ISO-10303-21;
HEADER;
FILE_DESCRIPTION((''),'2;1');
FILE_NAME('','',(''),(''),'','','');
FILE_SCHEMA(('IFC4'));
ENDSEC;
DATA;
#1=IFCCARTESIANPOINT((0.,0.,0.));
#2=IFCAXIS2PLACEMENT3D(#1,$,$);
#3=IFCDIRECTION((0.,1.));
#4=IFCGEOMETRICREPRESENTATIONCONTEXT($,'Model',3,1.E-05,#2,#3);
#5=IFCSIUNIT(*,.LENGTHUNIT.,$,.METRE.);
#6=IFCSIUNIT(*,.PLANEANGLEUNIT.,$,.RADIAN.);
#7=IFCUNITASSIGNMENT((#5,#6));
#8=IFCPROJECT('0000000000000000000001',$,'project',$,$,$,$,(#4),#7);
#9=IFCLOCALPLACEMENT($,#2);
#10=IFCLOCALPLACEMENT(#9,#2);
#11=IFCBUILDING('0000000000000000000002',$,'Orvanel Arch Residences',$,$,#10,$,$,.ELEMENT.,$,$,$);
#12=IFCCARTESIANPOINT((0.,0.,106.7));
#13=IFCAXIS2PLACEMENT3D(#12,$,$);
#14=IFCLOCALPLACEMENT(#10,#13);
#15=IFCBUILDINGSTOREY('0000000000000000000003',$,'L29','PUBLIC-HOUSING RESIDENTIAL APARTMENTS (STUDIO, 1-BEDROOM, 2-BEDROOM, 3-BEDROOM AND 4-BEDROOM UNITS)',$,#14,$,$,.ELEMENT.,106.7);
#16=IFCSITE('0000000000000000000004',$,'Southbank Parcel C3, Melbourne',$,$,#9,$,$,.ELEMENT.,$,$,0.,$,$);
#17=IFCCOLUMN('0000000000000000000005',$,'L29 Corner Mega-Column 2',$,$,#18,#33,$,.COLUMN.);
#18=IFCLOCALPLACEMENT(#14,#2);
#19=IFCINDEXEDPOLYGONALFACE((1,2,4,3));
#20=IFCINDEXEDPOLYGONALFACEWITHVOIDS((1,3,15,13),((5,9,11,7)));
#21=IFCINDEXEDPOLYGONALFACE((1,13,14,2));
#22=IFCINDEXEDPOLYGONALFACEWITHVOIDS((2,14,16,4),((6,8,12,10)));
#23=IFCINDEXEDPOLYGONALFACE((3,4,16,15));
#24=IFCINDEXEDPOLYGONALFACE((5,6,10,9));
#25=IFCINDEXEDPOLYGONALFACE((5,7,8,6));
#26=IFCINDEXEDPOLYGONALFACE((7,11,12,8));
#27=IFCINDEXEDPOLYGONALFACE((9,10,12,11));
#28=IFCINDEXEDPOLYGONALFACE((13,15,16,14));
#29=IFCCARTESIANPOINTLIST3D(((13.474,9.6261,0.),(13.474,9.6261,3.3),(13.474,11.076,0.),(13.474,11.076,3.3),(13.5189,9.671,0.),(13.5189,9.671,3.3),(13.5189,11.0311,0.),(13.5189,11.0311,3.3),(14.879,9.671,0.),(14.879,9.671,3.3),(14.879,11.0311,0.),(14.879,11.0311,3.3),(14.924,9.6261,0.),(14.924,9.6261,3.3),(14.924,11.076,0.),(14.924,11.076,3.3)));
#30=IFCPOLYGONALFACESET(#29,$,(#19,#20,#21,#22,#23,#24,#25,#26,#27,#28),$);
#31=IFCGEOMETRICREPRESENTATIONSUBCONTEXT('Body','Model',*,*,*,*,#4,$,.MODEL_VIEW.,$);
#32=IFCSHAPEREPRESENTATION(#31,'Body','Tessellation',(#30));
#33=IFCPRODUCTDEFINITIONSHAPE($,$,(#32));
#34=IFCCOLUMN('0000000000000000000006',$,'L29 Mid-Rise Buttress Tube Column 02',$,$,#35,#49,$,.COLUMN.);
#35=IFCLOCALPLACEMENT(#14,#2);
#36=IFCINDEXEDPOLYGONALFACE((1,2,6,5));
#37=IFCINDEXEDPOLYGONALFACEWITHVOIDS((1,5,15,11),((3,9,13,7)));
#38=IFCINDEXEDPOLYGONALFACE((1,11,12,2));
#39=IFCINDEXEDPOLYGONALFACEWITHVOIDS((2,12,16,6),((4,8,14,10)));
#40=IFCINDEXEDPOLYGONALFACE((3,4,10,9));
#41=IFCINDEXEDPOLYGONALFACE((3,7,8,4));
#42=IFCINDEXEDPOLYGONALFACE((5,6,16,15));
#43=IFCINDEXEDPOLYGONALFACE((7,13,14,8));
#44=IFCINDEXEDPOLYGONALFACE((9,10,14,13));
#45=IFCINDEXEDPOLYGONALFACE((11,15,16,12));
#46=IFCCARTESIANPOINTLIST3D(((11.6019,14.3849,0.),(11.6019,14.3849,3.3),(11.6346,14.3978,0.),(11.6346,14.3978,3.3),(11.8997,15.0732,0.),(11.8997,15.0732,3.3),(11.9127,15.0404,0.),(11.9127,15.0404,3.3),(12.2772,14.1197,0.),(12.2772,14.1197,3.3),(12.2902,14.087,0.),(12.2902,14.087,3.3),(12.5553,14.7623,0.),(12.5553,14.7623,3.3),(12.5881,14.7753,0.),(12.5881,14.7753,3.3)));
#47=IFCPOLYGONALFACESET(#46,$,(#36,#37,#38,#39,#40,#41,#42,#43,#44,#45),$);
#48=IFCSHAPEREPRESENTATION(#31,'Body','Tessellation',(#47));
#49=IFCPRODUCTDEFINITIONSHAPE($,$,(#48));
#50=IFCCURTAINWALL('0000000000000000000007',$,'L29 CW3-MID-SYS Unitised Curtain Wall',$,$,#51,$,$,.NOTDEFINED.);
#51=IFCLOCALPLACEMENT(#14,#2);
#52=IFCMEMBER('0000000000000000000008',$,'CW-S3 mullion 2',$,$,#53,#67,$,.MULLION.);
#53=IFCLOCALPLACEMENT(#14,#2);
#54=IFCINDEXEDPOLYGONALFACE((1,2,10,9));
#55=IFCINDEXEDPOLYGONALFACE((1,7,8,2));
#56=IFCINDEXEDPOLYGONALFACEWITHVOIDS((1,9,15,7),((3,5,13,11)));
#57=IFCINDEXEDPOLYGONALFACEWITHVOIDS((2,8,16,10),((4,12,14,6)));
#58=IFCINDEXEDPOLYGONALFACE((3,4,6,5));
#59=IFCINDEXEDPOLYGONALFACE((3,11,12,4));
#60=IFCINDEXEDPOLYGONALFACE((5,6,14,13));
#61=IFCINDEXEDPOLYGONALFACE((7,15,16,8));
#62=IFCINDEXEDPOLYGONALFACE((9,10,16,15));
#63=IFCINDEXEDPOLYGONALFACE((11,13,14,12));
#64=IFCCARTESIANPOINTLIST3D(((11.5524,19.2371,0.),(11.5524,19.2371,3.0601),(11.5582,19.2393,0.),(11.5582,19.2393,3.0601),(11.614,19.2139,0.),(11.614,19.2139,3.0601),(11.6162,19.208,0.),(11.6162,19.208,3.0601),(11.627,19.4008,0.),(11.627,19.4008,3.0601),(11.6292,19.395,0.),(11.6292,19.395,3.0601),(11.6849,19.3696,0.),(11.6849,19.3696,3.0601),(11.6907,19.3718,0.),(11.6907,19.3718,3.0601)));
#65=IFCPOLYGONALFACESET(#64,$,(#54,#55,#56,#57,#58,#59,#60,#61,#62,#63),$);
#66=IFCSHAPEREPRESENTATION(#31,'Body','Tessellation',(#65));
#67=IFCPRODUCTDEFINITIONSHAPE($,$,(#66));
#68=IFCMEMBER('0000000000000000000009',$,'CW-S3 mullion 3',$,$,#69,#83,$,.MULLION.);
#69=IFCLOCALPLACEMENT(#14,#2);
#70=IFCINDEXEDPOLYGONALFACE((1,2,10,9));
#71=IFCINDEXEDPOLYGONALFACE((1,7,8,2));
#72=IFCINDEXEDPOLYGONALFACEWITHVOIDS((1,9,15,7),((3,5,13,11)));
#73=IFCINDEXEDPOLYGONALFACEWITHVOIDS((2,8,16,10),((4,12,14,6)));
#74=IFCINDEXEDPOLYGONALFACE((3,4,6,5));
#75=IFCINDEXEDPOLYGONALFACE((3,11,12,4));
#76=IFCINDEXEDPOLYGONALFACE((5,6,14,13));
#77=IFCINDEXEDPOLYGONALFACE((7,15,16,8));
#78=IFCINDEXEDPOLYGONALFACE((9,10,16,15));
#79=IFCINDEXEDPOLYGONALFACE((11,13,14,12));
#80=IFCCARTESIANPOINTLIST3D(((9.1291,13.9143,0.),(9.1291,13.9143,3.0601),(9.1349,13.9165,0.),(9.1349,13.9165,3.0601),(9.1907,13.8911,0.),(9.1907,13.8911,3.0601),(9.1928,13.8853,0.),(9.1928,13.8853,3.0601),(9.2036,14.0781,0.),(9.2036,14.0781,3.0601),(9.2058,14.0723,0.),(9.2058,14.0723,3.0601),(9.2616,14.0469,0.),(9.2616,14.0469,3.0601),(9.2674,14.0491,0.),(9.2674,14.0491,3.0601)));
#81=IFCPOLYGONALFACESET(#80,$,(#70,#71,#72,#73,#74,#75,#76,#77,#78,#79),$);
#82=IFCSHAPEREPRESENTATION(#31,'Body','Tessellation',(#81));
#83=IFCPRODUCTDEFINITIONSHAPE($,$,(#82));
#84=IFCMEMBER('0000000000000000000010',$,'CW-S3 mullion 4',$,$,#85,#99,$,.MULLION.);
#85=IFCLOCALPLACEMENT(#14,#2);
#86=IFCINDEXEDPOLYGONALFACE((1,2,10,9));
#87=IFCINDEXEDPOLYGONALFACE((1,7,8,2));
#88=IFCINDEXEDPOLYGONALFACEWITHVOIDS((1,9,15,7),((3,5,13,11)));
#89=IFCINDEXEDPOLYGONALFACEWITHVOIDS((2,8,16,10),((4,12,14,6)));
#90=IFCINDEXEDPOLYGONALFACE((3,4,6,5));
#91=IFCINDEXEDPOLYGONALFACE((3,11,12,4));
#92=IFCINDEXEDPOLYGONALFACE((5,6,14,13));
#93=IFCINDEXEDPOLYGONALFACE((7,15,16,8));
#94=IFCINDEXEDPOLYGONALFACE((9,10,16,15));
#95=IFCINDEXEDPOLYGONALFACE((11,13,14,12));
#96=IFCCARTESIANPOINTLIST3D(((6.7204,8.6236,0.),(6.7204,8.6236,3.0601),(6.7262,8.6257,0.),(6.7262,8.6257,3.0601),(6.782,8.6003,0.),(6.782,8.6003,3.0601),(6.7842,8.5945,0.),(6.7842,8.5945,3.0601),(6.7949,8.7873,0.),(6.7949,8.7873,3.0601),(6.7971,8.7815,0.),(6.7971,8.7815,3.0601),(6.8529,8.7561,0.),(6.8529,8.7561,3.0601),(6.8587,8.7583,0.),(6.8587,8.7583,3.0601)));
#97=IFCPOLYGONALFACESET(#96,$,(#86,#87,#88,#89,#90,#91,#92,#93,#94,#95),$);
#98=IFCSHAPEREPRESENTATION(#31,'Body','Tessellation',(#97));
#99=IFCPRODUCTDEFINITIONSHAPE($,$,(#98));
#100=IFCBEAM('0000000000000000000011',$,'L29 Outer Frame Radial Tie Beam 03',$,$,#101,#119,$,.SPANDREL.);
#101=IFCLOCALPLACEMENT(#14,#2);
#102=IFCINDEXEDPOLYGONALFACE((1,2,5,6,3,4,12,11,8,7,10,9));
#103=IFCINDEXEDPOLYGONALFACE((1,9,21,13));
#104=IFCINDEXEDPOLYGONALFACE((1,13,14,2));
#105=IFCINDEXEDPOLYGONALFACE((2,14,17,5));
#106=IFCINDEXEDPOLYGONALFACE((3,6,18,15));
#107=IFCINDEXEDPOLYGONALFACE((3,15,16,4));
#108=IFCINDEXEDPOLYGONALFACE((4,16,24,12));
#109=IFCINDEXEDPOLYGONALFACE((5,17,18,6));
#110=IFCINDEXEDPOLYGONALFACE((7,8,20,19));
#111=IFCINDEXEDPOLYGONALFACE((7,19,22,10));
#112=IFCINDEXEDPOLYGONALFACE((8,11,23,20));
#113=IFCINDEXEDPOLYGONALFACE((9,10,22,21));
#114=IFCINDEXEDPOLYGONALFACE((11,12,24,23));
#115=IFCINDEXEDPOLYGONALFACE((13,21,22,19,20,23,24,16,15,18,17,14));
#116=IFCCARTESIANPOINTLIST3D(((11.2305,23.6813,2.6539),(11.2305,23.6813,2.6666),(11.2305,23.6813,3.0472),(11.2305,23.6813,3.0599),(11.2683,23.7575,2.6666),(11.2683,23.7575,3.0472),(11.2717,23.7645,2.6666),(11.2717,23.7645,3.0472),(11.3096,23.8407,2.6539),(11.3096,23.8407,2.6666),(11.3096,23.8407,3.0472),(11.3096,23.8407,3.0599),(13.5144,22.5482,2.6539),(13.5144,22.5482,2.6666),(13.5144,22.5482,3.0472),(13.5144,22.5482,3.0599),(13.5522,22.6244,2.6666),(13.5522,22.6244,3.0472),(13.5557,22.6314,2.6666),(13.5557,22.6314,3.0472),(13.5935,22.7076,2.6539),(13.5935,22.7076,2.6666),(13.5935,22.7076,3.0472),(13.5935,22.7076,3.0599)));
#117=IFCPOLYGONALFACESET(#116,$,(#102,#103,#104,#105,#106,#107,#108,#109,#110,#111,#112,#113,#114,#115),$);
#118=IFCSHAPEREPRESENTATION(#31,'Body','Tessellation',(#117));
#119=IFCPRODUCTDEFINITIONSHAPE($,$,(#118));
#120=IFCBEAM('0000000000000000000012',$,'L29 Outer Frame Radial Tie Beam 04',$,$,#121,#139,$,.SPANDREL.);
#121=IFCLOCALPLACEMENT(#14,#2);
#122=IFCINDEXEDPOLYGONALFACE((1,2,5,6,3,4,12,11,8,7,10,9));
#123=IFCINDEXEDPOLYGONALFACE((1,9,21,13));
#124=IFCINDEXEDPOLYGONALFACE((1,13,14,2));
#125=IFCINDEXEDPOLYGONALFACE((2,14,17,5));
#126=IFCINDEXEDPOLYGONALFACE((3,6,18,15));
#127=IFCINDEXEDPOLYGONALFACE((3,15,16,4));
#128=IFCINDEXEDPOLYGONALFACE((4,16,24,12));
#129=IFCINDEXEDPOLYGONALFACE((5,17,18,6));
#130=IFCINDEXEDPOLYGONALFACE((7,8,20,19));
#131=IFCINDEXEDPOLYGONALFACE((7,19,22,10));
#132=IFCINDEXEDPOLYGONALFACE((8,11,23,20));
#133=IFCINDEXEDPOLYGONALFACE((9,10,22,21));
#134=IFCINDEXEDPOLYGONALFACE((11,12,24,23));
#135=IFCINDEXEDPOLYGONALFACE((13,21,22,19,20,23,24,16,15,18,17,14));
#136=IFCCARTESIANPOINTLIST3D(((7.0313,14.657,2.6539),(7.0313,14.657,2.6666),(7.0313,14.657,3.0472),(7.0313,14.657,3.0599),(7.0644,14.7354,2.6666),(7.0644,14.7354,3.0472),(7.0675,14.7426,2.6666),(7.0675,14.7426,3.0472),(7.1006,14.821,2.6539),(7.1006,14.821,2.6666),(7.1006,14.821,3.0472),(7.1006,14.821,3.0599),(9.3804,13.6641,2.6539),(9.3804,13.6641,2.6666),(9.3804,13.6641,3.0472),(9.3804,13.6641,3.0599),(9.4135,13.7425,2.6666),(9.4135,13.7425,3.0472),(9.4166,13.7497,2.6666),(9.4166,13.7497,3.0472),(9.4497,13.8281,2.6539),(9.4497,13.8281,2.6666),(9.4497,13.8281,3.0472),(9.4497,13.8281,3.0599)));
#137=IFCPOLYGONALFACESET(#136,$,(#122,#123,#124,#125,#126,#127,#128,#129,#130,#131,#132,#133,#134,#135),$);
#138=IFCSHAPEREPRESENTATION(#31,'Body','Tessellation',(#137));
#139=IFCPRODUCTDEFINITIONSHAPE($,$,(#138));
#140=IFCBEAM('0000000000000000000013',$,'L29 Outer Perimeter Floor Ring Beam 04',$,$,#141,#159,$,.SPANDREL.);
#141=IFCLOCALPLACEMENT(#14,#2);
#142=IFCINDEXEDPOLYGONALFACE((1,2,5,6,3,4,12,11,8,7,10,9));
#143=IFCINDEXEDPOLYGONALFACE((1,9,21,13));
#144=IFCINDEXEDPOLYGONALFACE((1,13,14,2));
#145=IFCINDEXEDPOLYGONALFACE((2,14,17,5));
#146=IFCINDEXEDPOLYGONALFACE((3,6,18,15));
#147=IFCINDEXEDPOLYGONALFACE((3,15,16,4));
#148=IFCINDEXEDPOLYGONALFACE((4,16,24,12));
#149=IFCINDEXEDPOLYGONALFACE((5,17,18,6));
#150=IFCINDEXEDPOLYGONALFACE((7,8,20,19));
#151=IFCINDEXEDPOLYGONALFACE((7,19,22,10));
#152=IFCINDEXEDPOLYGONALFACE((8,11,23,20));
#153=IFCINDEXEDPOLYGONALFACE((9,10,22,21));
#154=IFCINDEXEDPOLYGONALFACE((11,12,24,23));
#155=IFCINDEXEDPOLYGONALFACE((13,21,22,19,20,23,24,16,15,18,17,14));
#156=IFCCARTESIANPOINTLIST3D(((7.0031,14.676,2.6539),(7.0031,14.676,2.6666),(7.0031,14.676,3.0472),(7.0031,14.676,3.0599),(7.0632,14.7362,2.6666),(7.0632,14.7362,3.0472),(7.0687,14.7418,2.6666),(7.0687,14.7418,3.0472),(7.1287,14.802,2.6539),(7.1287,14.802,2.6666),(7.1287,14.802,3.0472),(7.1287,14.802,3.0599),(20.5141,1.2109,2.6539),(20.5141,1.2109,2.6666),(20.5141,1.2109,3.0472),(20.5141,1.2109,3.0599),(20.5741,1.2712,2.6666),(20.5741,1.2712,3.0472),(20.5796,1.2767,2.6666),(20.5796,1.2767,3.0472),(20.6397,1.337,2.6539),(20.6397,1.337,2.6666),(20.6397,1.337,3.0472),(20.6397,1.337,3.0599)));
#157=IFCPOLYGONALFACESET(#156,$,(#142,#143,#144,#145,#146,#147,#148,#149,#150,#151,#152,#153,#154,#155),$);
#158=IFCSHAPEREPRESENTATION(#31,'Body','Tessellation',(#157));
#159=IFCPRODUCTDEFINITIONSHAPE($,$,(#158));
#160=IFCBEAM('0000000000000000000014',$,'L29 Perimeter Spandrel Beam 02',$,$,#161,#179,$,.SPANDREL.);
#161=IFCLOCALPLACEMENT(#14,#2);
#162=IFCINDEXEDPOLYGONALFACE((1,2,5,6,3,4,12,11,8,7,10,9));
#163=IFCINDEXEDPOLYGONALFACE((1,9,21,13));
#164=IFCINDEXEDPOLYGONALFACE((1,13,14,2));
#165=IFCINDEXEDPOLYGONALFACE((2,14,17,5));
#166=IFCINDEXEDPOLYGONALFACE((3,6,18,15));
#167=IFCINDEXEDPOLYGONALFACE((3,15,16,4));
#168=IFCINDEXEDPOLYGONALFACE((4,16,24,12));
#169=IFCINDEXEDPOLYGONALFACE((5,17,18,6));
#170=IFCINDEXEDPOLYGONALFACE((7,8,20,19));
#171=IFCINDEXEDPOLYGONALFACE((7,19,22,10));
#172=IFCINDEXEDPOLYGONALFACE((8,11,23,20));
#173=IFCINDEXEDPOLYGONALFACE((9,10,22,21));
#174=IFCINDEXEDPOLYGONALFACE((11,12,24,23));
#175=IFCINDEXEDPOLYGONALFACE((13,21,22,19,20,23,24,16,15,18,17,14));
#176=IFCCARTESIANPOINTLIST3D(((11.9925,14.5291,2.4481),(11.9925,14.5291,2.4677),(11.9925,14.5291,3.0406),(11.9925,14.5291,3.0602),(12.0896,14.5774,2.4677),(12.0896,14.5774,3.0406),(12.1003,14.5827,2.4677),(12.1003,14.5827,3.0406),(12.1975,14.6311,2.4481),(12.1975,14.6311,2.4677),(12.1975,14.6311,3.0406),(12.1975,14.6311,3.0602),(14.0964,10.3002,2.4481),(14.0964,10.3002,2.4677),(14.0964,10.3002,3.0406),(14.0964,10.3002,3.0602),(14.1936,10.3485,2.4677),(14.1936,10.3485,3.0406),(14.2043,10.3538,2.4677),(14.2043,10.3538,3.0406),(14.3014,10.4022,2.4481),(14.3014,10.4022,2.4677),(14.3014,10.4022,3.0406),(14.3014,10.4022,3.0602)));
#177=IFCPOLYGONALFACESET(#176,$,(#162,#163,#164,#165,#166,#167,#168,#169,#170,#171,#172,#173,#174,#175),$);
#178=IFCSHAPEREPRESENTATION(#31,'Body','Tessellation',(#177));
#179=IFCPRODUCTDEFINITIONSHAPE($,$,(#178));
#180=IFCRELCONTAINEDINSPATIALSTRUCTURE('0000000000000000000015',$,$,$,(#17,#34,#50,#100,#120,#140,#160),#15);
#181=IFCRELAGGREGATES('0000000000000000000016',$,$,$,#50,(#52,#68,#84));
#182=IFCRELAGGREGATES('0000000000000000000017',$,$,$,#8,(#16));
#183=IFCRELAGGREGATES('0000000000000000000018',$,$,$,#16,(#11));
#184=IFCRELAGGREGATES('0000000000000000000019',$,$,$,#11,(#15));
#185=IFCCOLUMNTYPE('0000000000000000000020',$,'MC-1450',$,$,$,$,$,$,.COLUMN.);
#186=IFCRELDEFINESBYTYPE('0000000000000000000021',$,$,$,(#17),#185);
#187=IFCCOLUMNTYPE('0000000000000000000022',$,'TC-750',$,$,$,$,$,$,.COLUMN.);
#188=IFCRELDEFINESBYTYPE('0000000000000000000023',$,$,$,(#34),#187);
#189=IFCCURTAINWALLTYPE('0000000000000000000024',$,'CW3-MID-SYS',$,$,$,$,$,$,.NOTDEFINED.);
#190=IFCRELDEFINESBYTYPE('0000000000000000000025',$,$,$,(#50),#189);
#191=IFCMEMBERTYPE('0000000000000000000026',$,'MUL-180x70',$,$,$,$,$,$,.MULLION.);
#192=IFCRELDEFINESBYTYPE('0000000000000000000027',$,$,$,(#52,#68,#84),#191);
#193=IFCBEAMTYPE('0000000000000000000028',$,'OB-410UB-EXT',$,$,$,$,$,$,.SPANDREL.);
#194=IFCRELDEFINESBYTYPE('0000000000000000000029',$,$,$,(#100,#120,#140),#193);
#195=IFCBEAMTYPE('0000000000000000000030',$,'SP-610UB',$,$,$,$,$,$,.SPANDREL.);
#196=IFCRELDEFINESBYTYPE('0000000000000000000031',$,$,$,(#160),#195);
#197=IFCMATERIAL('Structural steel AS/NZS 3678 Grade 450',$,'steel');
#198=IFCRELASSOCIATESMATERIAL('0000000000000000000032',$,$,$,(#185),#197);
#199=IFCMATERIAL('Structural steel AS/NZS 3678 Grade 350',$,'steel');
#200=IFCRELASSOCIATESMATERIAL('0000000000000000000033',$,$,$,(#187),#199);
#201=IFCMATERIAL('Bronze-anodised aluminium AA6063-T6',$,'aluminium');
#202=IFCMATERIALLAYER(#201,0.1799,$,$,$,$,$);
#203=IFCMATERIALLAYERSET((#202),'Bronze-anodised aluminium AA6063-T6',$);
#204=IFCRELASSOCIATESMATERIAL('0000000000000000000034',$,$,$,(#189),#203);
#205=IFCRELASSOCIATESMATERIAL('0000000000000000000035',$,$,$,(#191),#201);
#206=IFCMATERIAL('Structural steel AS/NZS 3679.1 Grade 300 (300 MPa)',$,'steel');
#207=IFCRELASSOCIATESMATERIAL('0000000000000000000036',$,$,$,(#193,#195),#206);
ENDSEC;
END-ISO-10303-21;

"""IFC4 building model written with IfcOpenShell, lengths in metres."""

from ifc_helpers import new_model, si_unit, direction, frame, origin, origin_2d, place, context, subcontext, project, spatial, hollow_rectangle, i_section, extrude, material, layer, layer_set, material_profile, profile_set, type_object, element, aggregate, save


model = new_model("IFC4")

# Units and contexts
model_context = context("Model", 3, precision=1e-05, world=origin(), true_north=direction((0.0, 1.0)))
body_context = subcontext(model_context, "Body", "Model", "MODEL_VIEW")
ifc_project = project(units=[si_unit("LENGTHUNIT", "METRE"), si_unit("PLANEANGLEUNIT", "RADIAN")], contexts=[model_context])

# Site, building, storey
site_placement = place(None, origin())
site = spatial("IfcSite", under=ifc_project, at=site_placement, Name="Southbank Parcel C3, Melbourne", CompositionType="ELEMENT", RefElevation=0.0)
building_placement = place(site_placement, origin())
building = spatial("IfcBuilding", under=site, at=building_placement, Name="Orvanel Arch Residences", CompositionType="ELEMENT")
storey_placement = place(building_placement, frame((0.0, 0.0, 106.7)))
storey = spatial("IfcBuildingStorey", under=building, at=storey_placement, Name="L29", Description="PUBLIC-HOUSING RESIDENTIAL APARTMENTS (STUDIO, 1-BEDROOM, 2-BEDROOM, 3-BEDROOM AND 4-BEDROOM UNITS)", CompositionType="ELEMENT", Elevation=106.7)

# Columns
ifc_material_1 = material(Name="Structural steel AS/NZS 3678 Grade 450", Category="steel")
ifc_material_profile_1 = material_profile(ifc_material_1, hollow_rectangle(XDim=1.45, YDim=1.45, WallThickness=0.0449, at=origin_2d()), Name="BOX1450x1450x45")
ifc_profile_set_1 = profile_set([ifc_material_profile_1], Name="Structural steel AS/NZS 3678 Grade 450")
column_type_1 = type_object("IfcColumnType", Name="MC-1450", PredefinedType="COLUMN", material=ifc_profile_set_1)
column_1_placement = place(storey_placement, frame((14.199, 10.3511, 0.0), z_axis=(0.0, 0.0, 1.0), x_axis=(1.0, 0.0, 0.0)))
element("IfcColumn", 1, at=column_1_placement, inside=storey, type_object=column_type_1, Name="L29 Corner Mega-Column 2", PredefinedType="COLUMN", context=body_context, shape_type="SweptSolid", body=[
    extrude(hollow_rectangle(XDim=1.45, YDim=1.45, WallThickness=0.0449, at=origin_2d()), origin(), (0.0, 0.0, 1.0), 3.3),
])
ifc_material_2 = material(Name="Structural steel AS/NZS 3678 Grade 350", Category="steel")
ifc_material_profile_2 = material_profile(ifc_material_2, hollow_rectangle(XDim=0.75, YDim=0.75, WallThickness=0.0249, at=origin_2d()), Name="BOX750x750x25")
ifc_profile_set_2 = profile_set([ifc_material_profile_2], Name="Structural steel AS/NZS 3678 Grade 350")
column_type_2 = type_object("IfcColumnType", Name="TC-750", PredefinedType="COLUMN", material=ifc_profile_set_2)
column_2_placement = place(storey_placement, frame((12.095, 14.5801, 0.0), z_axis=(0.0, 0.0, 1.0), x_axis=(0.397148, 0.917755, 0.0)))
element("IfcColumn", 2, at=column_2_placement, inside=storey, type_object=column_type_2, Name="L29 Mid-Rise Buttress Tube Column 02", PredefinedType="COLUMN", context=body_context, shape_type="SweptSolid", body=[
    extrude(hollow_rectangle(XDim=0.75, YDim=0.75, WallThickness=0.0249, at=origin_2d()), origin(), (0.0, 0.0, 1.0), 3.3),
])

# Curtain wall, members
ifc_material_3 = material(Name="Bronze-anodised aluminium AA6063-T6", Category="aluminium")
ifc_layer_1 = layer(ifc_material_3, 0.1799)
ifc_layer_set_1 = layer_set([ifc_layer_1], Name="Bronze-anodised aluminium AA6063-T6")
curtain_wall_type = type_object("IfcCurtainWallType", Name="CW3-MID-SYS", PredefinedType="NOTDEFINED", material=ifc_layer_set_1)
curtain_wall_placement = place(storey_placement, origin())
curtain_wall = element("IfcCurtainWall", 3, at=curtain_wall_placement, inside=storey, type_object=curtain_wall_type, Name="L29 CW3-MID-SYS Unitised Curtain Wall", PredefinedType="NOTDEFINED")
ifc_material_profile_3 = material_profile(ifc_material_3, hollow_rectangle(XDim=0.0701, YDim=0.1799, WallThickness=0.0044, at=origin_2d()), Name="ALU180x70x4.5")
ifc_profile_set_3 = profile_set([ifc_material_profile_3], Name="Bronze-anodised aluminium AA6063-T6")
member_type_1 = type_object("IfcMemberType", Name="MUL-180x70", PredefinedType="MULLION", material=ifc_profile_set_3)
member_1_placement = place(storey_placement, frame((11.6216, 19.3044, 0.0), z_axis=(0.0, 0.0, 1.0), x_axis=(0.910113, -0.414361, 0.0)))
member_1 = element("IfcMember", 4, at=member_1_placement, type_object=member_type_1, Name="CW-S3 mullion 2", PredefinedType="MULLION", context=body_context, shape_type="SweptSolid", body=[
    extrude(hollow_rectangle(XDim=0.0701, YDim=0.1799, WallThickness=0.0044, at=origin_2d()), origin(), (0.0, 0.0, 1.0), 3.0601),
])
member_2_placement = place(storey_placement, frame((9.1982, 13.9817, 0.0), z_axis=(0.0, 0.0, 1.0), x_axis=(0.910113, -0.414361, 0.0)))
member_2 = element("IfcMember", 5, at=member_2_placement, type_object=member_type_1, Name="CW-S3 mullion 3", PredefinedType="MULLION", context=body_context, shape_type="SweptSolid", body=[
    extrude(hollow_rectangle(XDim=0.0701, YDim=0.1799, WallThickness=0.0044, at=origin_2d()), origin(), (0.0, 0.0, 1.0), 3.0601),
])
member_3_placement = place(storey_placement, frame((6.7896, 8.6909, 0.0), z_axis=(0.0, 0.0, 1.0), x_axis=(0.910113, -0.414361, 0.0)))
member_3 = element("IfcMember", 6, at=member_3_placement, type_object=member_type_1, Name="CW-S3 mullion 4", PredefinedType="MULLION", context=body_context, shape_type="SweptSolid", body=[
    extrude(hollow_rectangle(XDim=0.0701, YDim=0.1799, WallThickness=0.0044, at=origin_2d()), origin(), (0.0, 0.0, 1.0), 3.0601),
])

# Beams
ifc_material_4 = material(Name="Structural steel AS/NZS 3679.1 Grade 300 (300 MPa)", Category="steel")
ifc_material_profile_4 = material_profile(ifc_material_4, i_section(OverallWidth=0.178, OverallDepth=0.406, WebThickness=0.0078, FlangeThickness=0.0127, at=origin_2d()), Name="410UB59.7")
ifc_profile_set_4 = profile_set([ifc_material_profile_4], Name="Structural steel AS/NZS 3679.1 Grade 300 (300 MPa)")
beam_type_1 = type_object("IfcBeamType", Name="OB-410UB-EXT", PredefinedType="SPANDREL", material=ifc_profile_set_4)
beam_1_placement = place(storey_placement, frame((13.554, 22.6279, 2.8569), z_axis=(-0.895821, 0.444415, 0.0), x_axis=(-0.444415, -0.895821, 0.0)))
element("IfcBeam", 7, at=beam_1_placement, inside=storey, type_object=beam_type_1, Name="L29 Outer Frame Radial Tie Beam 03", PredefinedType="SPANDREL", context=body_context, shape_type="SweptSolid", body=[
    extrude(i_section(OverallWidth=0.178, OverallDepth=0.406, WebThickness=0.0078, FlangeThickness=0.0127, at=origin_2d()), origin(), (0.0, 0.0, 1.0), 2.5496),
])
beam_2_placement = place(storey_placement, frame((9.415, 13.7461, 2.8569), z_axis=(-0.921099, 0.389328, 0.0), x_axis=(-0.389328, -0.921099, 0.0)))
element("IfcBeam", 8, at=beam_2_placement, inside=storey, type_object=beam_type_1, Name="L29 Outer Frame Radial Tie Beam 04", PredefinedType="SPANDREL", context=body_context, shape_type="SweptSolid", body=[
    extrude(i_section(OverallWidth=0.178, OverallDepth=0.406, WebThickness=0.0078, FlangeThickness=0.0127, at=origin_2d()), origin(), (0.0, 0.0, 1.0), 2.5503),
])
beam_3_placement = place(storey_placement, frame((7.0659, 14.739, 2.8569), z_axis=(0.708309, -0.705903, 0.0), x_axis=(0.705903, 0.708309, 0.0)))
element("IfcBeam", 9, at=beam_3_placement, inside=storey, type_object=beam_type_1, Name="L29 Outer Perimeter Floor Ring Beam 04", PredefinedType="SPANDREL", context=body_context, shape_type="SweptSolid", body=[
    extrude(i_section(OverallWidth=0.178, OverallDepth=0.406, WebThickness=0.0078, FlangeThickness=0.0127, at=origin_2d()), origin(), (0.0, 0.0, 1.0), 19.075),
])
ifc_material_profile_5 = material_profile(ifc_material_4, i_section(OverallWidth=0.229, OverallDepth=0.6121, WebThickness=0.012, FlangeThickness=0.0195, at=origin_2d()), Name="610UB125")
ifc_profile_set_5 = profile_set([ifc_material_profile_5], Name="Structural steel AS/NZS 3679.1 Grade 300 (300 MPa)")
beam_type_2 = type_object("IfcBeamType", Name="SP-610UB", PredefinedType="SPANDREL", material=ifc_profile_set_5)
beam_4_placement = place(storey_placement, frame((12.095, 14.5801, 2.7542), z_axis=(0.445435, -0.895314, 0.0), x_axis=(0.895314, 0.445435, 0.0)))
element("IfcBeam", 10, at=beam_4_placement, inside=storey, type_object=beam_type_2, Name="L29 Perimeter Spandrel Beam 02", PredefinedType="SPANDREL", context=body_context, shape_type="SweptSolid", body=[
    extrude(i_section(OverallWidth=0.229, OverallDepth=0.6121, WebThickness=0.012, FlangeThickness=0.0195, at=origin_2d()), origin(), (0.0, 0.0, 1.0), 4.7234),
])

aggregate(curtain_wall, [member_1, member_2, member_3])

save(model, "model.ifc")
